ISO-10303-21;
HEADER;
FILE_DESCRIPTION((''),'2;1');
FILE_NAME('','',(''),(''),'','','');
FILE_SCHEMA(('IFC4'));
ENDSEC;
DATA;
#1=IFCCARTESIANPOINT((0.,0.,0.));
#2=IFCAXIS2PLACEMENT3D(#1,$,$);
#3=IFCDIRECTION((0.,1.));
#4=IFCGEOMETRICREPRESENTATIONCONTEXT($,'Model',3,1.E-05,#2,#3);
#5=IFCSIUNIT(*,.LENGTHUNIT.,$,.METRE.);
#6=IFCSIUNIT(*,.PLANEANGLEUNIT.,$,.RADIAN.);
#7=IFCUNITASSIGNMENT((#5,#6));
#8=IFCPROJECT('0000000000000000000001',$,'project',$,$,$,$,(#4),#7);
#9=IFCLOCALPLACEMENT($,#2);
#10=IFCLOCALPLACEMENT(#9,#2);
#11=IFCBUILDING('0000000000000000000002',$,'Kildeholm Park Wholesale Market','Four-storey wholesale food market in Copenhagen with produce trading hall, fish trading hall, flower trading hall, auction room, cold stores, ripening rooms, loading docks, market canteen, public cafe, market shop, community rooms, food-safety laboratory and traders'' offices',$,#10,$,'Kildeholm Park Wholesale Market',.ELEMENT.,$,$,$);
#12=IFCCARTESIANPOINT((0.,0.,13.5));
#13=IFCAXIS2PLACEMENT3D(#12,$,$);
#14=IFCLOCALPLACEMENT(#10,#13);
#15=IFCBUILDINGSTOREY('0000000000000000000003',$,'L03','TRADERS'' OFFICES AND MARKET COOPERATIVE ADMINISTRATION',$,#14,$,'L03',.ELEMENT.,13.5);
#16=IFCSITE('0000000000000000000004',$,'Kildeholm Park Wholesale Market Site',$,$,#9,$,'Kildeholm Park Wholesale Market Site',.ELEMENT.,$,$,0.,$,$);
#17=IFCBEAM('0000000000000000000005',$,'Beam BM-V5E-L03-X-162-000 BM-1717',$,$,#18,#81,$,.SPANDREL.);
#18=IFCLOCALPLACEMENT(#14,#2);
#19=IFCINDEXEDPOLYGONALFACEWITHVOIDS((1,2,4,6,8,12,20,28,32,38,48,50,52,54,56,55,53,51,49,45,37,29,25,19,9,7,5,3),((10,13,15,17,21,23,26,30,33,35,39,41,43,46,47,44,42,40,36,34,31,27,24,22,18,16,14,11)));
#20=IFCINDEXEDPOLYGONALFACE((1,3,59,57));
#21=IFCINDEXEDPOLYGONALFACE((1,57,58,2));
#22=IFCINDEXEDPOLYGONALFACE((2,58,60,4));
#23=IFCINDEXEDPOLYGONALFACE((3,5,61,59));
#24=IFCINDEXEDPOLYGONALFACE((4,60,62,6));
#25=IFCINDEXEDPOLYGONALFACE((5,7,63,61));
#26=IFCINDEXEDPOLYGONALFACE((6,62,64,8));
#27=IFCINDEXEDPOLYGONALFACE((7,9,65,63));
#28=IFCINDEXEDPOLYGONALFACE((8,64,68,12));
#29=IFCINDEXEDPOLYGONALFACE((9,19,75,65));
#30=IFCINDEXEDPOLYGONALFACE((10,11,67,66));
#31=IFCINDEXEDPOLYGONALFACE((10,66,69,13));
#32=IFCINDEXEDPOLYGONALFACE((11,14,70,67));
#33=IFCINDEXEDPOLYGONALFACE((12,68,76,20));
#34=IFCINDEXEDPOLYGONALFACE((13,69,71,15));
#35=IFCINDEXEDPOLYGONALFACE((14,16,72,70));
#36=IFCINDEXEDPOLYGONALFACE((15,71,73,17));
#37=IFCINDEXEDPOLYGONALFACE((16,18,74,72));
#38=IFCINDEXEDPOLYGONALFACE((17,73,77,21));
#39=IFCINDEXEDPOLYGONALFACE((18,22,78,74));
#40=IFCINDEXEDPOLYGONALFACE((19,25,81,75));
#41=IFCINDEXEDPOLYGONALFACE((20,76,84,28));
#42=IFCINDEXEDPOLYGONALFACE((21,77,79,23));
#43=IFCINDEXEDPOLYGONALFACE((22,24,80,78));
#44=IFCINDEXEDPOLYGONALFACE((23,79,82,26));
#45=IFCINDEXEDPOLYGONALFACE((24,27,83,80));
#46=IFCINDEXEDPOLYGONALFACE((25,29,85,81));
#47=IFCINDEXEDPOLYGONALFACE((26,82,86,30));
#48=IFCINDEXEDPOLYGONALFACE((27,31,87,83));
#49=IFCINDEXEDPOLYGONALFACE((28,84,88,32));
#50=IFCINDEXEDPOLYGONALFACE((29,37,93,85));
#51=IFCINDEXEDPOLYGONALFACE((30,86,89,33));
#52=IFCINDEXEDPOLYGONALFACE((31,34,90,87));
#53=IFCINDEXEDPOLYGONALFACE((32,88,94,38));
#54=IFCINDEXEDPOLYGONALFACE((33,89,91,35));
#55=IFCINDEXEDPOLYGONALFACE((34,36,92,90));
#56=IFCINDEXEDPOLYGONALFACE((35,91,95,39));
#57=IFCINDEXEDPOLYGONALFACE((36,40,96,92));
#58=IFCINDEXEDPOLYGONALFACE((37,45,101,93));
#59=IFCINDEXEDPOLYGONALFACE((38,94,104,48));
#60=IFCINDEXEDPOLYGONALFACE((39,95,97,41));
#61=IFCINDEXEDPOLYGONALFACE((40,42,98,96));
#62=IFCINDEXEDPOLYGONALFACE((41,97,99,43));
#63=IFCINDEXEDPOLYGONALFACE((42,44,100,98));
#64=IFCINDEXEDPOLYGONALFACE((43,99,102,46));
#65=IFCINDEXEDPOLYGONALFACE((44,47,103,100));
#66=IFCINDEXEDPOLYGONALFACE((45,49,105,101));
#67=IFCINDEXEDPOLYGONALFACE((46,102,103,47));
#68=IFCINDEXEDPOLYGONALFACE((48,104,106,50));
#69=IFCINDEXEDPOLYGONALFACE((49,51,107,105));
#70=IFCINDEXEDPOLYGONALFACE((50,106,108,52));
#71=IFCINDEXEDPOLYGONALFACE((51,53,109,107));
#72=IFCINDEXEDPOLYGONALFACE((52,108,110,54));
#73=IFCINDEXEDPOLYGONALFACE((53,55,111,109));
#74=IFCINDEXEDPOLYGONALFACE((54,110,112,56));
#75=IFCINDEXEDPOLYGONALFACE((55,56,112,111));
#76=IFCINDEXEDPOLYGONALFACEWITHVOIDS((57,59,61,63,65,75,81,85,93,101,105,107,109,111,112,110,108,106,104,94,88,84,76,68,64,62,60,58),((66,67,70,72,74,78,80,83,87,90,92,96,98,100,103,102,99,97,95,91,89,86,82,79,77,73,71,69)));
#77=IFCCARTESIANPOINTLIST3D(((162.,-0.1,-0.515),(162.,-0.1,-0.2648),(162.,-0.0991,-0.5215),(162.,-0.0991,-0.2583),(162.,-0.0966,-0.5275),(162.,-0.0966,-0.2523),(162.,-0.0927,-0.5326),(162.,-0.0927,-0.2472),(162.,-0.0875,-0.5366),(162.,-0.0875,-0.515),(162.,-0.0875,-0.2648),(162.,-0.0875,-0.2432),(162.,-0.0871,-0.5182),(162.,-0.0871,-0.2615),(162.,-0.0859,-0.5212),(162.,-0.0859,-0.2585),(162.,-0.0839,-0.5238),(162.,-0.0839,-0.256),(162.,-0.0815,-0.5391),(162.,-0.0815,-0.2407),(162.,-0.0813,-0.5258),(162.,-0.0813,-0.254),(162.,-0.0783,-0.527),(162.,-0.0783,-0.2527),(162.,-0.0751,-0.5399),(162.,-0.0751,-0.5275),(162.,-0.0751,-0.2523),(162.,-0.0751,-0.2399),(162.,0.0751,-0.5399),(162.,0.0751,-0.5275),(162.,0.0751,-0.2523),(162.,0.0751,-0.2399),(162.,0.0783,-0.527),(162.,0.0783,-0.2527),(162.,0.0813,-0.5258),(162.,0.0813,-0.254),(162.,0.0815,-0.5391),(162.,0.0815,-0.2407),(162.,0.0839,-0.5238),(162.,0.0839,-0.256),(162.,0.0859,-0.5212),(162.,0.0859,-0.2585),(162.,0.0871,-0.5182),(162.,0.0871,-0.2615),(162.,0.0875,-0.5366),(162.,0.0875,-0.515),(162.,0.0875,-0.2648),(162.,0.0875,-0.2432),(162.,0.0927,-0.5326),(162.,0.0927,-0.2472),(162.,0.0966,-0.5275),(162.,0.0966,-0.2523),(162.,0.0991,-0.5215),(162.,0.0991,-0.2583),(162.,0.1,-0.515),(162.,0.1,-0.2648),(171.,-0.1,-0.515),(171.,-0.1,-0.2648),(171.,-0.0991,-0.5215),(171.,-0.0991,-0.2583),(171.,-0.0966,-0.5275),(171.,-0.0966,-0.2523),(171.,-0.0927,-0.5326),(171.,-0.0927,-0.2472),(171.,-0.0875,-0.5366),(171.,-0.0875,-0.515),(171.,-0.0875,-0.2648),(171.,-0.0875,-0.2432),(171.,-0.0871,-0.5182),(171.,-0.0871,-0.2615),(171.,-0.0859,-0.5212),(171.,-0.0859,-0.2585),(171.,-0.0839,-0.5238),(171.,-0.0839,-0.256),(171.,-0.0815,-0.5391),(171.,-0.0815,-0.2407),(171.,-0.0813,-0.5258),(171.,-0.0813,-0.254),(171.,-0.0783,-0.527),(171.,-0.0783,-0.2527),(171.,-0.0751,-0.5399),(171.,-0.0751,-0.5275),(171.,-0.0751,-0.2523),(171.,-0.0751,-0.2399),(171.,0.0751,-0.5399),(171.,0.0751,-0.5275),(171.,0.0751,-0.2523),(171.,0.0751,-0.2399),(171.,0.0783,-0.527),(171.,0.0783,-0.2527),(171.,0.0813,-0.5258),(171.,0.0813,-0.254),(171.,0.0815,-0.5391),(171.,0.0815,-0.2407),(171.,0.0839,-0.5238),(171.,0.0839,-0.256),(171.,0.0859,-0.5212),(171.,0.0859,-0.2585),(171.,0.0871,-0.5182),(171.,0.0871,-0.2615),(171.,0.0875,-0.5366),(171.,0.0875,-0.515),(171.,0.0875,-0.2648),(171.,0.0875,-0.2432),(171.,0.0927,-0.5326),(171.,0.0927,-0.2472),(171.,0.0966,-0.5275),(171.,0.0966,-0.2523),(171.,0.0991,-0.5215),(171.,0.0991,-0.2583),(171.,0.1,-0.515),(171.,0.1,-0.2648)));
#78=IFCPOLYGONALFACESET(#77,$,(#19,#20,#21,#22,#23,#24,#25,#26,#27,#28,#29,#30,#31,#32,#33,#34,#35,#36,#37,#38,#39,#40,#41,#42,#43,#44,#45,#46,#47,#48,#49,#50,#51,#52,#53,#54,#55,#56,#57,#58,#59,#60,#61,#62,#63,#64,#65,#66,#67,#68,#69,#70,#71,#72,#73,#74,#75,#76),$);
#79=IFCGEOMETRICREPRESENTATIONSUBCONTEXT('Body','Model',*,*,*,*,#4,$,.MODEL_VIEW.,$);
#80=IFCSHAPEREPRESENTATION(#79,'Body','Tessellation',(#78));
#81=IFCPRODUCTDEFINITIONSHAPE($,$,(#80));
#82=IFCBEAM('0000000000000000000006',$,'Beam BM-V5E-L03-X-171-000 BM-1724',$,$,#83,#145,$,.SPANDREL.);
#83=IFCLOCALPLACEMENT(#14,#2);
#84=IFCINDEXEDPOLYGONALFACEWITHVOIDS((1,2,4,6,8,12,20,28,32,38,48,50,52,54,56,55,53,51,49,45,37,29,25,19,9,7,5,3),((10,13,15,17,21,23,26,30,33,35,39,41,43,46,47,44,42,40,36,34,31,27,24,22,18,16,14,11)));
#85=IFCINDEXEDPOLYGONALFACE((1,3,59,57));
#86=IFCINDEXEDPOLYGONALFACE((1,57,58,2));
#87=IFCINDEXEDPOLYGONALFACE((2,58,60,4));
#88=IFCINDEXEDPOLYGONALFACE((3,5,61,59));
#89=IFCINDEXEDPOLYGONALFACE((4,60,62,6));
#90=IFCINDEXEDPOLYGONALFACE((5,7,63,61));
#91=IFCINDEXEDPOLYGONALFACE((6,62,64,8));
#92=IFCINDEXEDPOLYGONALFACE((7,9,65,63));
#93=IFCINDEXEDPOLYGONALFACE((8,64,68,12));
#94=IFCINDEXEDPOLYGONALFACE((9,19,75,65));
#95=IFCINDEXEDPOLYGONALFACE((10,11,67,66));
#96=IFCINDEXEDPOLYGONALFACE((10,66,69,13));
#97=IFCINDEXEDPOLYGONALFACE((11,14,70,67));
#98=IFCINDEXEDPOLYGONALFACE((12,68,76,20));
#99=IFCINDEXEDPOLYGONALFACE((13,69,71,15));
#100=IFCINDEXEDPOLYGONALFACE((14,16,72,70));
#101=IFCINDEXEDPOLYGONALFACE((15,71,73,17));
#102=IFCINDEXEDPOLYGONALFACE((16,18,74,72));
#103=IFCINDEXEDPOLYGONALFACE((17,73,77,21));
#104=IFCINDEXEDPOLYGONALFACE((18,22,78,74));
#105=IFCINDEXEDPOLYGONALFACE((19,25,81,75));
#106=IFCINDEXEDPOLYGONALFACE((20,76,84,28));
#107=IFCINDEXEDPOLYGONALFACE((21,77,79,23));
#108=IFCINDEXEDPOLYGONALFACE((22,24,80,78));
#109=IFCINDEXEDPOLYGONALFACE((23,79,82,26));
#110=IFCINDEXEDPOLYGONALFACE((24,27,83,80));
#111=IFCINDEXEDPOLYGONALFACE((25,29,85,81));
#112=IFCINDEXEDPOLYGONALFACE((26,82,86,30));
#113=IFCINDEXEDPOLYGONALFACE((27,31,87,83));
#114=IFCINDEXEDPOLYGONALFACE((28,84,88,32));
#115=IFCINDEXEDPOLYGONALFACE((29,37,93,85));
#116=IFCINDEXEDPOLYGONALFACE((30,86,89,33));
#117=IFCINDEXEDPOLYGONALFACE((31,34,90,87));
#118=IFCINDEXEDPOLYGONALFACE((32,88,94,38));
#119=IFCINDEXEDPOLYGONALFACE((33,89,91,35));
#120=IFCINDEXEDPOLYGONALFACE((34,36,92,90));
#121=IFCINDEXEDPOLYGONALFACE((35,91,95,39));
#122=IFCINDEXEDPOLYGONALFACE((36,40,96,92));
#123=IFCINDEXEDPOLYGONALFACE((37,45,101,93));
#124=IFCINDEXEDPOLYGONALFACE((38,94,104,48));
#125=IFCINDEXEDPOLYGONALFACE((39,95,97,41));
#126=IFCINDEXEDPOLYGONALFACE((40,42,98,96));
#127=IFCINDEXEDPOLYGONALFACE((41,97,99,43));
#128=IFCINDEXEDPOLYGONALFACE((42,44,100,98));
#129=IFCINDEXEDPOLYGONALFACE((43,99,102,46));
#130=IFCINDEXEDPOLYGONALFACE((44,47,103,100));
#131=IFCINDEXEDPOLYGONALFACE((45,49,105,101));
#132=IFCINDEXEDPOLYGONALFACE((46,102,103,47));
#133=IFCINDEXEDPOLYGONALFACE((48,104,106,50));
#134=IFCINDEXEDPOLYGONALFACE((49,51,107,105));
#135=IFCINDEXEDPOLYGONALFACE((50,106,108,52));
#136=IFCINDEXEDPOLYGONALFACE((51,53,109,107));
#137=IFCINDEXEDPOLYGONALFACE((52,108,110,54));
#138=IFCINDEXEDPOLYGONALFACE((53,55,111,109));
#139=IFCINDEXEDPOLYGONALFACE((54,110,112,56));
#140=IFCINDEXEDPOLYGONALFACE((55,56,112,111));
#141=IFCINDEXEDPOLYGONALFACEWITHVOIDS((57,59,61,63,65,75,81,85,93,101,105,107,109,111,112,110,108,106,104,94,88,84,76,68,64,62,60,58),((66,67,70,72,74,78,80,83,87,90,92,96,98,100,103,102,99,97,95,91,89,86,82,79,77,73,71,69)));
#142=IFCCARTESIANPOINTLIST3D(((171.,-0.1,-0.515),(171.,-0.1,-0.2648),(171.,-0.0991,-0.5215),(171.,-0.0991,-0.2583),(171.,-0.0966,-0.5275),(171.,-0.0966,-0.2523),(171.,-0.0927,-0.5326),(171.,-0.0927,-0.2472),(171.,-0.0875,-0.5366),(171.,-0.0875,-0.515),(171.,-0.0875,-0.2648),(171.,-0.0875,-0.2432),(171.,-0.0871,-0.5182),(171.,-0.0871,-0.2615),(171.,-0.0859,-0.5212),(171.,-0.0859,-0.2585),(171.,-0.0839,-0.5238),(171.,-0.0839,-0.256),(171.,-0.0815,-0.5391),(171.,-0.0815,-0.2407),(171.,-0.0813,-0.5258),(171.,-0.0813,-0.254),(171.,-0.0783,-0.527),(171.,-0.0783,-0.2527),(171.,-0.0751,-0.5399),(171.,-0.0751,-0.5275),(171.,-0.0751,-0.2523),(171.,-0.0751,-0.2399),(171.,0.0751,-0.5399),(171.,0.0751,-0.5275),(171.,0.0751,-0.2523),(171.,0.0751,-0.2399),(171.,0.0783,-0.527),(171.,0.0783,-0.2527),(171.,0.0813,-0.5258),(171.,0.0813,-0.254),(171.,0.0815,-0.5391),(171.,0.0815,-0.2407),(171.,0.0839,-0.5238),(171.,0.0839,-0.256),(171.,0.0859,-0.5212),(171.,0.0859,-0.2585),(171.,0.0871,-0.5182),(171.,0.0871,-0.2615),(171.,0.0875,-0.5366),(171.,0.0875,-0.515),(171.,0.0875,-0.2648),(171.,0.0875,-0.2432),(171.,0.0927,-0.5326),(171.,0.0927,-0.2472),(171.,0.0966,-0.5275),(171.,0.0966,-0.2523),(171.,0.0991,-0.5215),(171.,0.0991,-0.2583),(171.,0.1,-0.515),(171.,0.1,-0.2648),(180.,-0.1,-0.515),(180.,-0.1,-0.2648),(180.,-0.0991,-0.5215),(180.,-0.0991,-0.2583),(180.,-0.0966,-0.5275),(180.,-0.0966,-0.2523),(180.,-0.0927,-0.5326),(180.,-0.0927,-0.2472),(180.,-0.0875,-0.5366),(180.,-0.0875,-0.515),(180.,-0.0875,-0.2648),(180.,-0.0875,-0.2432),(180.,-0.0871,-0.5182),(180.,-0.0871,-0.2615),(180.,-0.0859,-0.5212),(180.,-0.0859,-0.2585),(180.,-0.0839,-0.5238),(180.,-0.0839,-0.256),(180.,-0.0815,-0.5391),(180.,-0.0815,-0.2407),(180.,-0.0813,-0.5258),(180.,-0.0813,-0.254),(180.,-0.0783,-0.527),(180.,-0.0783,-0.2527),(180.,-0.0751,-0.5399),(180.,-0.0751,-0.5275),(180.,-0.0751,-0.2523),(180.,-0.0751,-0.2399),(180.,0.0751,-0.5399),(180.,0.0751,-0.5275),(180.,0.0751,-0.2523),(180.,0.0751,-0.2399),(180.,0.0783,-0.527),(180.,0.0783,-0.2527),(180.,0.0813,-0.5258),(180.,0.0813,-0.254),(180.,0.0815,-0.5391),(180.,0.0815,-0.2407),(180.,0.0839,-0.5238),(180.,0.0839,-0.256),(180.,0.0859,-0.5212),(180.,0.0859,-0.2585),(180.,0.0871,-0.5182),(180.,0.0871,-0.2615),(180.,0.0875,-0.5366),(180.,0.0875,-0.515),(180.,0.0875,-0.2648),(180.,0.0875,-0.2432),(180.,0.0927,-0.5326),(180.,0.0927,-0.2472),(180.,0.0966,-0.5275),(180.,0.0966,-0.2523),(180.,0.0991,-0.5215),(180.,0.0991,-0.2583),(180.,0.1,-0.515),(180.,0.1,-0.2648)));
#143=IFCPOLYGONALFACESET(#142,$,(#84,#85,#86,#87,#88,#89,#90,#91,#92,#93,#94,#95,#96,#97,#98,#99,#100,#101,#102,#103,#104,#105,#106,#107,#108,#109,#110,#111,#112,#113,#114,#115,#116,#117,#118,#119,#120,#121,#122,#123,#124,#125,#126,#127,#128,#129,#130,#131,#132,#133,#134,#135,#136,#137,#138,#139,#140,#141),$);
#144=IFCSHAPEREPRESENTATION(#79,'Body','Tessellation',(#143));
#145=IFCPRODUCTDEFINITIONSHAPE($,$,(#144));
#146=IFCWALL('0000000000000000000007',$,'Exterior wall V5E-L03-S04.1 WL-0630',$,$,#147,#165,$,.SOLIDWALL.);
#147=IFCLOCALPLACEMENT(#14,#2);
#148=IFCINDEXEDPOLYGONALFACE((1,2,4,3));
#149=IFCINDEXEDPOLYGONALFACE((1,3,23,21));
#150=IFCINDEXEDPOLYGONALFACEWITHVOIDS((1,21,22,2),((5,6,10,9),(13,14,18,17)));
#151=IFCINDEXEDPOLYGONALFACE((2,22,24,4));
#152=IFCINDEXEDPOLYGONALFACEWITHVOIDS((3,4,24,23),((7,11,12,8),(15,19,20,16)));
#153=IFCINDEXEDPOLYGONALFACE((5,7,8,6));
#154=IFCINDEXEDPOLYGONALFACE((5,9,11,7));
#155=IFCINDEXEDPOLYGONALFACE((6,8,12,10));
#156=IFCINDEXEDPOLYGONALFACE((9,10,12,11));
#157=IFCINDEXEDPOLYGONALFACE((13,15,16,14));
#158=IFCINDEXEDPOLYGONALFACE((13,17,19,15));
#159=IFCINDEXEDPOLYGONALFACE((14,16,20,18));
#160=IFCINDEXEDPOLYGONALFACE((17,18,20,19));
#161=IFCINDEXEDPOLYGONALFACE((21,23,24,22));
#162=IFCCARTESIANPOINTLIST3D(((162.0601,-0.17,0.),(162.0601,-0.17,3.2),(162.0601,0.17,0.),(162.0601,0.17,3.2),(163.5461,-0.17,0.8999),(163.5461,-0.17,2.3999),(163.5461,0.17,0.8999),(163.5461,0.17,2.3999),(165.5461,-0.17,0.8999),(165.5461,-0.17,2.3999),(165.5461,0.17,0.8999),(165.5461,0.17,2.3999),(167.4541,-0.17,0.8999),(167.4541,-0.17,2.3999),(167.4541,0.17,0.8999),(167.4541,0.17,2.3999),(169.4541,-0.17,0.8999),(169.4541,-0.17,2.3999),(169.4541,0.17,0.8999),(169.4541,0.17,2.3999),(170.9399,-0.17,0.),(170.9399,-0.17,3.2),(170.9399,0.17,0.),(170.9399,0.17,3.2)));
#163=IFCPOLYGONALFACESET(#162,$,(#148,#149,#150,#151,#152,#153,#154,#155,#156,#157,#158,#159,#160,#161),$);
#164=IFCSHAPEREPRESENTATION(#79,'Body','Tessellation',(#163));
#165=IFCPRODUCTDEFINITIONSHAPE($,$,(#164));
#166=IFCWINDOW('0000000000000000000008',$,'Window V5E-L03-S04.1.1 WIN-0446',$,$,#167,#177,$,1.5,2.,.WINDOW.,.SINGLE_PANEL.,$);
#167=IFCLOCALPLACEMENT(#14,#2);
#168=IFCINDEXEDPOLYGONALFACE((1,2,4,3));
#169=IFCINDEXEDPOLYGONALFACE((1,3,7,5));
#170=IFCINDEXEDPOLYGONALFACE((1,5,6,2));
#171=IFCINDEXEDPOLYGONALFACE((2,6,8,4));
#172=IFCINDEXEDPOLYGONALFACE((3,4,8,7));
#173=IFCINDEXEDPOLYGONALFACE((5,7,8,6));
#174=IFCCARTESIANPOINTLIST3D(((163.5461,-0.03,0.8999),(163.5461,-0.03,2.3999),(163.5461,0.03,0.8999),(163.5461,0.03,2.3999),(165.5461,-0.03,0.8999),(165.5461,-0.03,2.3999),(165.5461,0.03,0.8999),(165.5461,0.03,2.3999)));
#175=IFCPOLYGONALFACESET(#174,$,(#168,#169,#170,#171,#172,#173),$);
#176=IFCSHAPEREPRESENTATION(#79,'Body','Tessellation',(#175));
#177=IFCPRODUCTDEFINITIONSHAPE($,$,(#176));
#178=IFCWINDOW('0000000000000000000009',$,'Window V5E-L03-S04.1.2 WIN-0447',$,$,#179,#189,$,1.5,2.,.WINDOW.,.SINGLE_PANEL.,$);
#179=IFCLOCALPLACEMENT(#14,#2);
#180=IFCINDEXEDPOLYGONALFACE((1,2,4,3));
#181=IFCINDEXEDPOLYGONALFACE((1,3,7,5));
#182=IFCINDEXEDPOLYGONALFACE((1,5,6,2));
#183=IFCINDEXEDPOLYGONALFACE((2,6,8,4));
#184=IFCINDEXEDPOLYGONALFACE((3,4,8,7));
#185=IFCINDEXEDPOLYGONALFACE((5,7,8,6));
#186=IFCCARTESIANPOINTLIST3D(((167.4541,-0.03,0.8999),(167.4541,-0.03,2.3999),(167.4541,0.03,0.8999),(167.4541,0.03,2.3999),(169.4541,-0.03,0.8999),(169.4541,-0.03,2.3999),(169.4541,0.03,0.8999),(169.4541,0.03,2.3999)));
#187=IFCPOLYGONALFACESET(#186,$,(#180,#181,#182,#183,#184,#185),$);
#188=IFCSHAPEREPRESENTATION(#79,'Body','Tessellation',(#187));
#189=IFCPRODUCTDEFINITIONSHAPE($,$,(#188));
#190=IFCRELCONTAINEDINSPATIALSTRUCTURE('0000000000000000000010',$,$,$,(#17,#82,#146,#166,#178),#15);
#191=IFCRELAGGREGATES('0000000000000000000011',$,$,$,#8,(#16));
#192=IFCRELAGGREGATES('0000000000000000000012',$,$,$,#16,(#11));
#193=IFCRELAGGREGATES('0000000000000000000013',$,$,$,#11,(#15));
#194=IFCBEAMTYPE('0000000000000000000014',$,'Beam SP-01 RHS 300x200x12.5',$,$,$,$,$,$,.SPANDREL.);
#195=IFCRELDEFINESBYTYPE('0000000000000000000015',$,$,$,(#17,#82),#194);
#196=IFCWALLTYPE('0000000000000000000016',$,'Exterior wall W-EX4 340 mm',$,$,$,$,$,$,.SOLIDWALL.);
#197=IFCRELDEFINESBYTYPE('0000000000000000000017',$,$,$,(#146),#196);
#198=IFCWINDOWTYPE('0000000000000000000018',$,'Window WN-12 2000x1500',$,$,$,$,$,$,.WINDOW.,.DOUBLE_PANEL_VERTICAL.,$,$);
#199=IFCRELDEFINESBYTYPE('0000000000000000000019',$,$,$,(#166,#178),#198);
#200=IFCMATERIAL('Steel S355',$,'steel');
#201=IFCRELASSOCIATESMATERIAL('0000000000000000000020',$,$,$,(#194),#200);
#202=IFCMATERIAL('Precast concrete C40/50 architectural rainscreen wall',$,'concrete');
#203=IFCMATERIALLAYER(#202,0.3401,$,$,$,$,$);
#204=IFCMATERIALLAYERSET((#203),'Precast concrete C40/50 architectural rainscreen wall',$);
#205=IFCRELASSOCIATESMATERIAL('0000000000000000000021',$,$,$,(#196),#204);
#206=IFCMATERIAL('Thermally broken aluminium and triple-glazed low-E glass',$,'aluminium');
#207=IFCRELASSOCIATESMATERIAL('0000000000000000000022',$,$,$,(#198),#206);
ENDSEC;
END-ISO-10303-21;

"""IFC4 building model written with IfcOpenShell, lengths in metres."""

from ifc_helpers import new_model, si_unit, direction, frame, frame_2d, origin, origin_2d, place, context, subcontext, project, spatial, rectangle, hollow_rectangle, extrude, material, layer, layer_set, material_profile, profile_set, type_object, element, fill, save


model = new_model("IFC4")

# Units and contexts
model_context = context("Model", 3, precision=1e-05, world=origin(), true_north=direction((0.0, 1.0)))
body_context = subcontext(model_context, "Body", "Model", "MODEL_VIEW")
ifc_project = project(units=[si_unit("LENGTHUNIT", "METRE"), si_unit("PLANEANGLEUNIT", "RADIAN")], contexts=[model_context])

# Site, building, storey
site_placement = place(None, origin())
site = spatial("IfcSite", under=ifc_project, at=site_placement, Name="Kildeholm Park Wholesale Market Site", LongName="Kildeholm Park Wholesale Market Site", CompositionType="ELEMENT", RefElevation=0.0)
building_placement = place(site_placement, origin())
building = spatial("IfcBuilding", under=site, at=building_placement, Name="Kildeholm Park Wholesale Market", Description="Four-storey wholesale food market in Copenhagen with produce trading hall, fish trading hall, flower trading hall, auction room, cold stores, ripening rooms, loading docks, market canteen, public cafe, market shop, community rooms, food-safety laboratory and traders' offices", LongName="Kildeholm Park Wholesale Market", CompositionType="ELEMENT")
storey_placement = place(building_placement, frame((0.0, 0.0, 13.5)))
storey = spatial("IfcBuildingStorey", under=building, at=storey_placement, Name="L03", Description="TRADERS' OFFICES AND MARKET COOPERATIVE ADMINISTRATION", LongName="L03", CompositionType="ELEMENT", Elevation=13.5)

# Shared definitions
ifc_material_1 = material(Name="Steel S355", Category="steel")

# Beams
ifc_material_profile_1 = material_profile(ifc_material_1, hollow_rectangle(XDim=0.2, YDim=0.3, WallThickness=0.0125, InnerFilletRadius=0.0125, OuterFilletRadius=0.0249, at=origin_2d()), Name="RHS 300x200x12.5")
ifc_profile_set_1 = profile_set([ifc_material_profile_1], Name="Steel S355")
beam_type_1 = type_object("IfcBeamType", Name="Beam SP-01 RHS 300x200x12.5", PredefinedType="SPANDREL", material=ifc_profile_set_1)
for number, where, z_axis, x_axis, name in (
    (1, (162.0, 0.0, -0.3899), (1.0, 0.0, 0.0), (0.0, 1.0, 0.0), "Beam BM-V5E-L03-X-162-000 BM-1717"),
    (2, (171.0, 0.0, -0.3899), (1.0, 0.0, 0.0), (0.0, 1.0, 0.0), "Beam BM-V5E-L03-X-171-000 BM-1724"),
):
    element("IfcBeam", number, at=place(storey_placement, frame(where, z_axis=z_axis, x_axis=x_axis)), inside=storey, type_object=beam_type_1, Name=name, PredefinedType="SPANDREL", context=body_context, shape_type="SweptSolid", body=[
        extrude(hollow_rectangle(XDim=0.2, YDim=0.3, WallThickness=0.0125, InnerFilletRadius=0.0125, OuterFilletRadius=0.0249, at=origin_2d()), origin(), (0.0, 0.0, 1.0), 9.0),
    ])

# Wall, openings, windows
ifc_material_2 = material(Name="Precast concrete C40/50 architectural rainscreen wall", Category="concrete")
ifc_layer_1 = layer(ifc_material_2, 0.3401)
ifc_layer_set_1 = layer_set([ifc_layer_1], Name="Precast concrete C40/50 architectural rainscreen wall")
wall_type_1 = type_object("IfcWallType", Name="Exterior wall W-EX4 340 mm", PredefinedType="SOLIDWALL", material=ifc_layer_set_1)
wall_1_placement = place(storey_placement, frame((162.0601, 0.0, 0.0), z_axis=(0.0, 0.0, 1.0), x_axis=(1.0, 0.0, 0.0)))
wall_1 = element("IfcWall", 3, at=wall_1_placement, inside=storey, type_object=wall_type_1, Name="Exterior wall V5E-L03-S04.1 WL-0630", PredefinedType="SOLIDWALL", context=body_context, shape_type="SweptSolid", body=[
    extrude(rectangle(XDim=8.8799, YDim=0.3401, at=frame_2d((4.4399, 0.0))), origin(), (0.0, 0.0, 1.0), 3.2),
])
opening_1_placement = place(wall_1_placement, frame((1.4861, 0.0, 0.8999)))
opening_1 = element("IfcOpeningElement", 4, at=opening_1_placement, cuts=wall_1, PredefinedType="OPENING", context=body_context, shape_type="SweptSolid", body=[
    extrude(rectangle(XDim=2.0, YDim=1.5, at=frame_2d((1.0, 0.75))), frame((0.0, 0.1799, 0.0), z_axis=(0.0, -1.0, 0.0), x_axis=(1.0, 0.0, 0.0)), (0.0, 0.0, 1.0), 0.3601),
])
opening_2_placement = place(wall_1_placement, frame((5.394, 0.0, 0.8999)))
opening_2 = element("IfcOpeningElement", 5, at=opening_2_placement, cuts=wall_1, PredefinedType="OPENING", context=body_context, shape_type="SweptSolid", body=[
    extrude(rectangle(XDim=2.0, YDim=1.5, at=frame_2d((1.0, 0.75))), frame((0.0, 0.1799, 0.0), z_axis=(0.0, -1.0, 0.0), x_axis=(1.0, 0.0, 0.0)), (0.0, 0.0, 1.0), 0.3601),
])
ifc_material_3 = material(Name="Thermally broken aluminium and triple-glazed low-E glass", Category="aluminium")
window_type = type_object("IfcWindowType", Name="Window WN-12 2000x1500", PartitioningType="DOUBLE_PANEL_VERTICAL", PredefinedType="WINDOW", material=ifc_material_3)
window_1_placement = place(opening_1_placement, origin())
window_1 = element("IfcWindow", 6, at=window_1_placement, inside=storey, type_object=window_type, Name="Window V5E-L03-S04.1.1 WIN-0446", OverallHeight=1.5, OverallWidth=2.0, PartitioningType="SINGLE_PANEL", PredefinedType="WINDOW", context=body_context, shape_type="SweptSolid", body=[
    extrude(rectangle(XDim=2.0, YDim=1.5, at=frame_2d((1.0, 0.75))), frame((0.0, 0.03, 0.0), z_axis=(0.0, -1.0, 0.0), x_axis=(1.0, 0.0, 0.0)), (0.0, 0.0, 1.0), 0.0601),
])
fill(opening_1, window_1)
window_2_placement = place(opening_2_placement, origin())
window_2 = element("IfcWindow", 7, at=window_2_placement, inside=storey, type_object=window_type, Name="Window V5E-L03-S04.1.2 WIN-0447", OverallHeight=1.5, OverallWidth=2.0, PartitioningType="SINGLE_PANEL", PredefinedType="WINDOW", context=body_context, shape_type="SweptSolid", body=[
    extrude(rectangle(XDim=2.0, YDim=1.5, at=frame_2d((1.0, 0.75))), frame((0.0, 0.03, 0.0), z_axis=(0.0, -1.0, 0.0), x_axis=(1.0, 0.0, 0.0)), (0.0, 0.0, 1.0), 0.0601),
])
fill(opening_2, window_2)

save(model, "model.ifc")
